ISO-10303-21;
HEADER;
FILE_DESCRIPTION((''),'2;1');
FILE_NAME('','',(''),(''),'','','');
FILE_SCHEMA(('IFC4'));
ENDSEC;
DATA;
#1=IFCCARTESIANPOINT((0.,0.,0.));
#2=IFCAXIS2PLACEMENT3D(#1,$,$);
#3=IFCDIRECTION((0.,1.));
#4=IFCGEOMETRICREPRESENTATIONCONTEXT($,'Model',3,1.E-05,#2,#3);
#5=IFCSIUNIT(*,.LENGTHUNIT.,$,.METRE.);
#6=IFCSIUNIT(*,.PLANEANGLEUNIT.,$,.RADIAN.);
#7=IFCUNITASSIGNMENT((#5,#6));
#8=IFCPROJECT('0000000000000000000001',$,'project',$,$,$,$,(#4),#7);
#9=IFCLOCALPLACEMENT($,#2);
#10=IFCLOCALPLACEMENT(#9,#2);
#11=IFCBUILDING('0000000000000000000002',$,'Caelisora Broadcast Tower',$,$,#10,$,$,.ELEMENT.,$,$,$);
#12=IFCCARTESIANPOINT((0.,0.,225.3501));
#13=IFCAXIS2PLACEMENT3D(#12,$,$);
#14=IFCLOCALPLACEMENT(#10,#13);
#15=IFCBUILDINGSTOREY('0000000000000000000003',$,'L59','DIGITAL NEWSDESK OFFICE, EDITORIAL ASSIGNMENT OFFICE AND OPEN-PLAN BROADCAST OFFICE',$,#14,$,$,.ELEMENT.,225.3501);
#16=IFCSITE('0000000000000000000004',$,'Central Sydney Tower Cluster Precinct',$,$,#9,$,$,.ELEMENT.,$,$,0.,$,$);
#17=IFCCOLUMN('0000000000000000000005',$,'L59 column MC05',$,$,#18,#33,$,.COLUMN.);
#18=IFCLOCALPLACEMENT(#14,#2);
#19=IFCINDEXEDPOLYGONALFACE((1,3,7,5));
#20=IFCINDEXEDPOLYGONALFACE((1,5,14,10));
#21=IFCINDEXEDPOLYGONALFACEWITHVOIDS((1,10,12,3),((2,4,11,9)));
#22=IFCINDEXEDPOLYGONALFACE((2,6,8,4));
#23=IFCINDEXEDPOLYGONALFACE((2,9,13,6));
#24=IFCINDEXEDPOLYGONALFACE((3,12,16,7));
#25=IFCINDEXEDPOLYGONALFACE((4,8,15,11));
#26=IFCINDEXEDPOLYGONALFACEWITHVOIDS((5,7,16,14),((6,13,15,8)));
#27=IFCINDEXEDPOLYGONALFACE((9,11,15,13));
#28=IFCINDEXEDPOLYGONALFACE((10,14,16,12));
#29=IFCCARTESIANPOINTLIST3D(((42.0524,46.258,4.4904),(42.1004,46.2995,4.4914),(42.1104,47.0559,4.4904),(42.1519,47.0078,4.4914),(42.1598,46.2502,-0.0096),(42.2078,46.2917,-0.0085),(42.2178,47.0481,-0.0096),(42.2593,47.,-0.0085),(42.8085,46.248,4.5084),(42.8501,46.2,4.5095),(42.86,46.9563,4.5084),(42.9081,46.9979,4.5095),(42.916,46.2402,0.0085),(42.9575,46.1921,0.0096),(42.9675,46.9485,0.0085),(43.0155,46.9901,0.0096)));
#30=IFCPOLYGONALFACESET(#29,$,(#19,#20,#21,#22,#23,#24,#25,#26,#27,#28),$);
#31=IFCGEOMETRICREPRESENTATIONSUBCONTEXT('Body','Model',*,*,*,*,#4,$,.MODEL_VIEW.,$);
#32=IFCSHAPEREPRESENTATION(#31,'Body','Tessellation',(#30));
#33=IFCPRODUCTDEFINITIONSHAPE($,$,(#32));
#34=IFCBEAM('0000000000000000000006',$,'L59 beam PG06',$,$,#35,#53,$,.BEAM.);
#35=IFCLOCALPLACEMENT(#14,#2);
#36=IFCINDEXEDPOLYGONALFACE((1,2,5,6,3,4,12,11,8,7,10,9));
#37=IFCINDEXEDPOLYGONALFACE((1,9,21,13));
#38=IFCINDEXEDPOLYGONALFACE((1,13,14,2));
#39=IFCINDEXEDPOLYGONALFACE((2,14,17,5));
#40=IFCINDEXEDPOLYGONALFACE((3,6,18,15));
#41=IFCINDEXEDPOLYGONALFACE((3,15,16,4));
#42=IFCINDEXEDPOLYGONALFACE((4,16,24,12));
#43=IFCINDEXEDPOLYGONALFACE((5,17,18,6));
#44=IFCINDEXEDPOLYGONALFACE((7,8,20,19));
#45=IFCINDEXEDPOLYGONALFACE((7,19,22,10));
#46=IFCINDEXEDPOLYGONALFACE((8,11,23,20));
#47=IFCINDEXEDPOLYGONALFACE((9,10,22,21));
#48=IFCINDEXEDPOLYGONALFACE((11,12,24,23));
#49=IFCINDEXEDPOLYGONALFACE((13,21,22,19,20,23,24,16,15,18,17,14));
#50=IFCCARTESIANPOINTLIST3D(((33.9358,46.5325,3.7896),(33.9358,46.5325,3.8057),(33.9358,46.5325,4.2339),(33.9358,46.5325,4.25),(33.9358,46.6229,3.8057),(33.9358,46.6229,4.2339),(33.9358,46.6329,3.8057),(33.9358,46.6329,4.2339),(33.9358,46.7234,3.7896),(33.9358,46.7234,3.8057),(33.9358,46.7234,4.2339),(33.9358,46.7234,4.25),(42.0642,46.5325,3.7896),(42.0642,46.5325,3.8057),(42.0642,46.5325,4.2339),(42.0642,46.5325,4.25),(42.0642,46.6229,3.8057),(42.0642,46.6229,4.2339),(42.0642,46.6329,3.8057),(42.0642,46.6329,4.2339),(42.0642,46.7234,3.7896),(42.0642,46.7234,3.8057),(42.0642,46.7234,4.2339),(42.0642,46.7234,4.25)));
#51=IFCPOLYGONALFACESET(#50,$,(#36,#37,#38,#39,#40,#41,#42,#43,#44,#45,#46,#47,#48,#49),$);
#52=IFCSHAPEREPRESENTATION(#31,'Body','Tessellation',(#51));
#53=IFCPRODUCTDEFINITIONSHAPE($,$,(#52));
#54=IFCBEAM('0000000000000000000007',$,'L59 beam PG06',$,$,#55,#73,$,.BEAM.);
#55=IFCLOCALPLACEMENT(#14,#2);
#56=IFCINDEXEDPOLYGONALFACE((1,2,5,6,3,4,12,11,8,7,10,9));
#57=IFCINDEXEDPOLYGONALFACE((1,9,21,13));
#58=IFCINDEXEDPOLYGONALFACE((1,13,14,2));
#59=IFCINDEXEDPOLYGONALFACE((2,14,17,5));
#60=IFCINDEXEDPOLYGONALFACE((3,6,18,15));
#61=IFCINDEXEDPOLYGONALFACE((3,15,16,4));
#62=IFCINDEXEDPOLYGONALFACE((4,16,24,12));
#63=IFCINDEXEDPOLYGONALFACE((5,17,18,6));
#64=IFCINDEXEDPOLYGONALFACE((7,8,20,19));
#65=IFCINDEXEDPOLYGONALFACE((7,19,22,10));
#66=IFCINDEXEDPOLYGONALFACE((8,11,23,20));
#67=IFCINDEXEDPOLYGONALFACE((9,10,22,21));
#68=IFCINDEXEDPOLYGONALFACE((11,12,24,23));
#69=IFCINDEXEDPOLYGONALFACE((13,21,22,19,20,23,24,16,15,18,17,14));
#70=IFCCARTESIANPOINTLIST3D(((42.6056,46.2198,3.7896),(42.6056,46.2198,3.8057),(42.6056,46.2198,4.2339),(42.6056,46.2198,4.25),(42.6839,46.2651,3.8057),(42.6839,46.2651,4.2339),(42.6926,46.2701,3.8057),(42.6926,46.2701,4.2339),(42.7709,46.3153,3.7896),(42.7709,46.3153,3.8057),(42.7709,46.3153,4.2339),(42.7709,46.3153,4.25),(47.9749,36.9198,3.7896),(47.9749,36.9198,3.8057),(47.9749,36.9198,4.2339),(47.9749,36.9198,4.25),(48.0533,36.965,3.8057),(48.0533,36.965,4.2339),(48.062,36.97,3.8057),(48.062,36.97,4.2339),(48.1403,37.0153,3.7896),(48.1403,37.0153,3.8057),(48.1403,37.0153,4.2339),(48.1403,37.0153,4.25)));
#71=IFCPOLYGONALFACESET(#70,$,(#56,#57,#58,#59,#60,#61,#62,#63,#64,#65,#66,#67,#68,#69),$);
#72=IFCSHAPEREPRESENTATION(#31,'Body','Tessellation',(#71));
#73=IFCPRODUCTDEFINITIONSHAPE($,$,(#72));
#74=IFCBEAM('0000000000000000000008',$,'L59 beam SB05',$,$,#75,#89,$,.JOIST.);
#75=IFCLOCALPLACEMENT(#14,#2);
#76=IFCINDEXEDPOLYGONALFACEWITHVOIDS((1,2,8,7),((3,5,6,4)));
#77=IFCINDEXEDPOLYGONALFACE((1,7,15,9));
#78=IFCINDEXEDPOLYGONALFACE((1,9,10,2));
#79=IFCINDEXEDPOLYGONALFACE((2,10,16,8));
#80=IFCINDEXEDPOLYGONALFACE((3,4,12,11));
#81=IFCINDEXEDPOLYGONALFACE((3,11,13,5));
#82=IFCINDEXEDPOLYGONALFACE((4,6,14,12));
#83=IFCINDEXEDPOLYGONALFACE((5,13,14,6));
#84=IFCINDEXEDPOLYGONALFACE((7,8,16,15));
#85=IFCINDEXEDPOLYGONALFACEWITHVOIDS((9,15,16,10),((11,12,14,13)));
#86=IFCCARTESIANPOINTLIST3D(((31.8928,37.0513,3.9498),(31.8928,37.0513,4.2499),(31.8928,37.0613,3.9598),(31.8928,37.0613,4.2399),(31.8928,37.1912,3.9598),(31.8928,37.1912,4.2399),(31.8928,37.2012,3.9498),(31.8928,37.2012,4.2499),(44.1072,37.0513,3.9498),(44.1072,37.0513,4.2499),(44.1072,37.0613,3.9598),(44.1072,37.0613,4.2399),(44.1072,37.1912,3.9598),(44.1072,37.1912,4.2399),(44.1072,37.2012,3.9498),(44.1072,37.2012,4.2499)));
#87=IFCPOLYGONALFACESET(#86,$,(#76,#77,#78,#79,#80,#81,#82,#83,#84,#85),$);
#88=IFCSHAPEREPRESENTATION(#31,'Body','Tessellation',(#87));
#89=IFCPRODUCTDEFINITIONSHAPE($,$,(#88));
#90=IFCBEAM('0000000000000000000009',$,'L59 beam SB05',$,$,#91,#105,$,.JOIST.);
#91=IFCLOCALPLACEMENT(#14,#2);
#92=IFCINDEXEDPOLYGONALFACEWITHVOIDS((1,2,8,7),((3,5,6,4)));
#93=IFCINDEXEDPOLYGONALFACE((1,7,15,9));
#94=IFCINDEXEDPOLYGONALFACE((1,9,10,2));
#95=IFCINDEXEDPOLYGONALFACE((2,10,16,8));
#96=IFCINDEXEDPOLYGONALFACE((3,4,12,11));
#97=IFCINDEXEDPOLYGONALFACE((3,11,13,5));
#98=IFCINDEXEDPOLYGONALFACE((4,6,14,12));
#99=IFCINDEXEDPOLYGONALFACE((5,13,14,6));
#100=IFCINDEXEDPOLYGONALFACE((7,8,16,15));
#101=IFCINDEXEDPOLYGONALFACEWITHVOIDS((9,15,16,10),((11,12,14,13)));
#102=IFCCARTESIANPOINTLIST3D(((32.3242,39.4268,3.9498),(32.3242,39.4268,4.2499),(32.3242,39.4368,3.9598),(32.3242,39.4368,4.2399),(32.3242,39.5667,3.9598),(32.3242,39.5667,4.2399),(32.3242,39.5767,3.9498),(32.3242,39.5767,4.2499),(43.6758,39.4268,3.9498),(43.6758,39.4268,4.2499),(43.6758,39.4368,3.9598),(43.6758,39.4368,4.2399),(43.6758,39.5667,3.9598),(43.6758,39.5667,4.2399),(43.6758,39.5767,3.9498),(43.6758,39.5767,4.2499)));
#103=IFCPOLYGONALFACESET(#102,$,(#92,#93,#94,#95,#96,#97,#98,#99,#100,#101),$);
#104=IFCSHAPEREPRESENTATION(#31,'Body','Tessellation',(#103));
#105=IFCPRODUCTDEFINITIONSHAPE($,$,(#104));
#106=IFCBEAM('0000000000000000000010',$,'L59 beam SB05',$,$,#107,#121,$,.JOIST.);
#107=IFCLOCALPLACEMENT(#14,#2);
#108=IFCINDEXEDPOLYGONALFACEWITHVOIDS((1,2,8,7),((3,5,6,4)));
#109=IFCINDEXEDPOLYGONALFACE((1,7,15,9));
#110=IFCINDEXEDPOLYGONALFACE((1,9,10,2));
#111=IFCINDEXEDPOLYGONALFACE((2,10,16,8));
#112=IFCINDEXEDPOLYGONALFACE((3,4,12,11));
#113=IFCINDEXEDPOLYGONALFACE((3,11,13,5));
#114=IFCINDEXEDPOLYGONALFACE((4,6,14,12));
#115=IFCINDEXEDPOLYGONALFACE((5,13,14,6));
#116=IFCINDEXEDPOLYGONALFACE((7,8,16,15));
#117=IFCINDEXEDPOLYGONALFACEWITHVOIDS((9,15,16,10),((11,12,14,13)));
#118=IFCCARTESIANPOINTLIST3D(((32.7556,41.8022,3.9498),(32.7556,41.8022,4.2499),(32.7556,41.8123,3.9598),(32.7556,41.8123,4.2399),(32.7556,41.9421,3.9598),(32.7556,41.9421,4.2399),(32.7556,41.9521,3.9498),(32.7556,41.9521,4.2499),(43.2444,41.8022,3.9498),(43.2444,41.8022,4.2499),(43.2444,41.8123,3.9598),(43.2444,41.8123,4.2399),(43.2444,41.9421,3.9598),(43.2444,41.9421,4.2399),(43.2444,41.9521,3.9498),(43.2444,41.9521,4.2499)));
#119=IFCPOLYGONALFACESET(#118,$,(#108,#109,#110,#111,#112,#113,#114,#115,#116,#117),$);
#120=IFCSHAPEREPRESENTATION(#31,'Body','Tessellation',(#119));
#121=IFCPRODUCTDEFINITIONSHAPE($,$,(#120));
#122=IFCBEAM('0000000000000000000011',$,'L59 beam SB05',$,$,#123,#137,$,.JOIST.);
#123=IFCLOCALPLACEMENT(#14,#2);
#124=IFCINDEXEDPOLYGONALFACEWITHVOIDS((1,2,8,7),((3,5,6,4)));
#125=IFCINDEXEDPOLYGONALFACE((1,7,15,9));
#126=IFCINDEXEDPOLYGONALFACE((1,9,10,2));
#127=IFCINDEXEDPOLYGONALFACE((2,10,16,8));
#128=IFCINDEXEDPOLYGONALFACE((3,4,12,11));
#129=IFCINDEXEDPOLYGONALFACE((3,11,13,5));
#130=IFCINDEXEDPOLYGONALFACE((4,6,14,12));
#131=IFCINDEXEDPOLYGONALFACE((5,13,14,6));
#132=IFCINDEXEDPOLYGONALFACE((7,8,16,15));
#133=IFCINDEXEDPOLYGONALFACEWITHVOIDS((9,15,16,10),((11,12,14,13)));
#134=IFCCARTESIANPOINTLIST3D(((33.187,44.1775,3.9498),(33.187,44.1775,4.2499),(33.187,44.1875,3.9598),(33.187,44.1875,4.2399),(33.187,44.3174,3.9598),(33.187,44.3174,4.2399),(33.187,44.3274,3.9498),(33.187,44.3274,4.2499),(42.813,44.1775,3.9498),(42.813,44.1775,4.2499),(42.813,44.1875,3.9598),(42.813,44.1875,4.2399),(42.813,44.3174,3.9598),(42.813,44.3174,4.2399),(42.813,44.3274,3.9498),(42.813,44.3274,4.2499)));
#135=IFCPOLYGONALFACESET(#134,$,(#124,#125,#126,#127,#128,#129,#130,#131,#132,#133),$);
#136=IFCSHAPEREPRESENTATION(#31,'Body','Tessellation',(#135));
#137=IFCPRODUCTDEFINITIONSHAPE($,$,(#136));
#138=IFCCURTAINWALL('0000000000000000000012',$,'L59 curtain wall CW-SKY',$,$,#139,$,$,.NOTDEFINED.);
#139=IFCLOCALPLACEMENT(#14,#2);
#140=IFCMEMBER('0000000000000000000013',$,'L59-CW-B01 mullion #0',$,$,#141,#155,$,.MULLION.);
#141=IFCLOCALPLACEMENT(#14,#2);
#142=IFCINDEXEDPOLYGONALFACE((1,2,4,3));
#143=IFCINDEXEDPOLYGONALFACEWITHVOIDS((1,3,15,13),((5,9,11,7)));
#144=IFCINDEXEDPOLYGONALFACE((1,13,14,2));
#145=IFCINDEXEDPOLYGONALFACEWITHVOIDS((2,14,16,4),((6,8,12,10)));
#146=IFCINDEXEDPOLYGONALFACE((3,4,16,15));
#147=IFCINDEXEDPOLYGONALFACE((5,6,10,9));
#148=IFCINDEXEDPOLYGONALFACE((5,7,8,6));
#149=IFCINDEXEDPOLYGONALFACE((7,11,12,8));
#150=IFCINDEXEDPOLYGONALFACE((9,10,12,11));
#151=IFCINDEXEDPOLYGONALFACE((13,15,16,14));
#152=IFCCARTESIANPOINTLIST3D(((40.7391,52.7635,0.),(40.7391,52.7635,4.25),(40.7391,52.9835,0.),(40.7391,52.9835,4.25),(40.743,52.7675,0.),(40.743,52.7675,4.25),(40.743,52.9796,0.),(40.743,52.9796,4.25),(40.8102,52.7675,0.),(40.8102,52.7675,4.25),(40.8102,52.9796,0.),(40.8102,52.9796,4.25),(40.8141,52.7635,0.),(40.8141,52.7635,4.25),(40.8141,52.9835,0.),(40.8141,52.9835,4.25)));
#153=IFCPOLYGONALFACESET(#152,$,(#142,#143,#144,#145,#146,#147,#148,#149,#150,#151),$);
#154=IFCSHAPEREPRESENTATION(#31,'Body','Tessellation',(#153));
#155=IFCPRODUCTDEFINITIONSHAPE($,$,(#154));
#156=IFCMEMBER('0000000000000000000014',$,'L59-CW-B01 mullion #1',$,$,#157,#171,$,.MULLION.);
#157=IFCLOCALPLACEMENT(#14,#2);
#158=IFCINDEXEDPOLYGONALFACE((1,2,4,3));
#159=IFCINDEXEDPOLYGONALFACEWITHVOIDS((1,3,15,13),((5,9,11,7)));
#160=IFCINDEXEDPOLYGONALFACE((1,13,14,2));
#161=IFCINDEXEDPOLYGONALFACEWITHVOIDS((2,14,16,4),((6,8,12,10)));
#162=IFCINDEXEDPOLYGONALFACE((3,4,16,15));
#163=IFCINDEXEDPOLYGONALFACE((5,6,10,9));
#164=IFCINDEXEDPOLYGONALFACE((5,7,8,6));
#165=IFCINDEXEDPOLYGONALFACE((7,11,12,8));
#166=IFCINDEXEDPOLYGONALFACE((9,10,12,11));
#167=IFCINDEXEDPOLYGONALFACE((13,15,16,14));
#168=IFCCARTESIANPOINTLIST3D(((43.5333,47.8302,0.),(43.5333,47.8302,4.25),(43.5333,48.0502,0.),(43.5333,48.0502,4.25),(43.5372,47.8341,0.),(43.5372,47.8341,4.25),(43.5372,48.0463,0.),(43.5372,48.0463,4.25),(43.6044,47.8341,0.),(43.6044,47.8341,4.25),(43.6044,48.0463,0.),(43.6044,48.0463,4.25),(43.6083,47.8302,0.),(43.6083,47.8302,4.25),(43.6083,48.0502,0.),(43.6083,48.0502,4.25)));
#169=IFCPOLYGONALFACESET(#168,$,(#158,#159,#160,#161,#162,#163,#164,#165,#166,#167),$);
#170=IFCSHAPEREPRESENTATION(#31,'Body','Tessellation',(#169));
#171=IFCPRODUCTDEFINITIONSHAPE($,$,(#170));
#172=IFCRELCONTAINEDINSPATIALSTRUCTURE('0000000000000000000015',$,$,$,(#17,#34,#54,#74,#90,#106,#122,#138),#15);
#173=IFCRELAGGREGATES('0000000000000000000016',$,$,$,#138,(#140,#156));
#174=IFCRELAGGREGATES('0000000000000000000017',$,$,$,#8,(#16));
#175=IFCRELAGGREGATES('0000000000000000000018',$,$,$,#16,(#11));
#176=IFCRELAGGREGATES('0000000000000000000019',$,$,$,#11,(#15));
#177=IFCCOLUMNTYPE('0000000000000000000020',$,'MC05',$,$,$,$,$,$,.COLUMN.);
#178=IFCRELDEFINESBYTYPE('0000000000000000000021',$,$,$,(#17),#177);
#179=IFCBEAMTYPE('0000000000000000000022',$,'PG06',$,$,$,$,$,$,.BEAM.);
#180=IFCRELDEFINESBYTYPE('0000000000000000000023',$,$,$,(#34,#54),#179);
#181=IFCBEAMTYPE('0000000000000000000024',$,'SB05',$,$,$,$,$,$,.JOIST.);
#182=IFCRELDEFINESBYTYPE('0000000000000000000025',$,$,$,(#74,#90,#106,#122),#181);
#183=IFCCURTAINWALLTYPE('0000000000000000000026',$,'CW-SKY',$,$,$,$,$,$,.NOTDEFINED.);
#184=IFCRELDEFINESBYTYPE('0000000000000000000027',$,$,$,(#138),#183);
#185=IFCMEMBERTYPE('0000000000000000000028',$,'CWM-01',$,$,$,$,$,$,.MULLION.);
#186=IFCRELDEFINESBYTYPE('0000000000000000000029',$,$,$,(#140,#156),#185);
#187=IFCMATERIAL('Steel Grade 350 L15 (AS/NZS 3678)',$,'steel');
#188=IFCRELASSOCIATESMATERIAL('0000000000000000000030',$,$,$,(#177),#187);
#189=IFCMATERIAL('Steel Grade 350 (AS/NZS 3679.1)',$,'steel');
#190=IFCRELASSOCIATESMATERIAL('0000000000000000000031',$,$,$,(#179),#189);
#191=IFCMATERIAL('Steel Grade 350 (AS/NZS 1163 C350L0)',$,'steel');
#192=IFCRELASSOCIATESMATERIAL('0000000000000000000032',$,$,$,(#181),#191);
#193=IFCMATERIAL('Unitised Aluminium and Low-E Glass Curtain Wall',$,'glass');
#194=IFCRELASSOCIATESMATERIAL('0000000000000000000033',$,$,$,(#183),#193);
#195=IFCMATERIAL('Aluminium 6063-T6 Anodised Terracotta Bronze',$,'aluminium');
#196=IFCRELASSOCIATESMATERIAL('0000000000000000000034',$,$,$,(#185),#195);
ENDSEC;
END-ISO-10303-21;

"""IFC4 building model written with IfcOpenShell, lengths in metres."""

from ifc_helpers import new_model, si_unit, direction, frame, origin, origin_2d, place, context, subcontext, project, spatial, hollow_rectangle, i_section, extrude, source, transform, mapped, material, material_profile, profile_set, type_object, type_shapes, element, aggregate, save


model = new_model("IFC4")

# Units and contexts
model_context = context("Model", 3, precision=1e-05, world=origin(), true_north=direction((0.0, 1.0)))
body_context = subcontext(model_context, "Body", "Model", "MODEL_VIEW")
ifc_project = project(units=[si_unit("LENGTHUNIT", "METRE"), si_unit("PLANEANGLEUNIT", "RADIAN")], contexts=[model_context])

# Site, building, storey
site_placement = place(None, origin())
site = spatial("IfcSite", under=ifc_project, at=site_placement, Name="Central Sydney Tower Cluster Precinct", CompositionType="ELEMENT", RefElevation=0.0)
building_placement = place(site_placement, origin())
building = spatial("IfcBuilding", under=site, at=building_placement, Name="Caelisora Broadcast Tower", CompositionType="ELEMENT")
storey_placement = place(building_placement, frame((0.0, 0.0, 225.3501)))
storey = spatial("IfcBuildingStorey", under=building, at=storey_placement, Name="L59", Description="DIGITAL NEWSDESK OFFICE, EDITORIAL ASSIGNMENT OFFICE AND OPEN-PLAN BROADCAST OFFICE", CompositionType="ELEMENT", Elevation=225.3501)

# Column
ifc_material_1 = material(Name="Steel Grade 350 L15 (AS/NZS 3678)", Category="steel")
ifc_material_profile_1 = material_profile(ifc_material_1, hollow_rectangle(XDim=0.8, YDim=0.8, WallThickness=0.0449, at=origin_2d()), Name="Steel Grade 350 L15 (AS/NZS 3678)")
ifc_profile_set_1 = profile_set([ifc_material_profile_1], Name="Steel Grade 350 L15 (AS/NZS 3678)")
column_type = type_object("IfcColumnType", Name="MC05", PredefinedType="COLUMN", material=ifc_profile_set_1)
shared_shape_1 = source(origin(), body_context, "Body", "SweptSolid", [
    extrude(hollow_rectangle(XDim=0.8, YDim=0.8, WallThickness=0.0449, at=origin_2d()), origin(), (0.0, 0.0, 1.0), 4.5012),
])
type_shapes(column_type, [shared_shape_1])
column_placement = place(storey_placement, frame((42.5876, 46.6201, 0.0), z_axis=(-0.023865, 0.001736, 0.999714), x_axis=(-0.072536, -0.997366, 0.0)))
element("IfcColumn", 1, at=column_placement, inside=storey, type_object=column_type, Name="L59 column MC05", PredefinedType="COLUMN", context=body_context, shape_type="MappedRepresentation", body=[
    mapped(shared_shape_1, transform((0.0, 0.0, 0.0), scale=1.0)),
])

# Beams
ifc_material_2 = material(Name="Steel Grade 350 (AS/NZS 3679.1)", Category="steel")
ifc_material_profile_2 = material_profile(ifc_material_2, i_section(OverallWidth=0.1909, OverallDepth=0.4604, WebThickness=0.01, FlangeThickness=0.0161, at=origin_2d()), Name="Steel Grade 350 (AS/NZS 3679.1)")
ifc_profile_set_2 = profile_set([ifc_material_profile_2], Name="Steel Grade 350 (AS/NZS 3679.1)")
beam_type_1 = type_object("IfcBeamType", Name="PG06", PredefinedType="BEAM", material=ifc_profile_set_2)
shared_shape_2 = source(origin(), body_context, "Body", "SweptSolid", [
    extrude(i_section(OverallWidth=0.1909, OverallDepth=0.4604, WebThickness=0.01, FlangeThickness=0.0161, at=origin_2d()), origin(), (0.0, 0.0, 1.0), 8.1284),
])
beam_1_placement = place(storey_placement, frame((42.0642, 46.6279, 4.0198), z_axis=(-1.0, 0.0, 0.0), x_axis=(0.0, -1.0, 0.0)))
element("IfcBeam", 2, at=beam_1_placement, inside=storey, type_object=beam_type_1, Name="L59 beam PG06", PredefinedType="BEAM", context=body_context, shape_type="MappedRepresentation", body=[
    mapped(shared_shape_2, transform((0.0, 0.0, 0.0), scale=1.0)),
])
shared_shape_3 = source(origin(), body_context, "Body", "SweptSolid", [
    extrude(i_section(OverallWidth=0.1909, OverallDepth=0.4604, WebThickness=0.01, FlangeThickness=0.0161, at=origin_2d()), origin(), (0.0, 0.0, 1.0), 10.7388),
])
type_shapes(beam_type_1, [shared_shape_2, shared_shape_3])
beam_2_placement = place(storey_placement, frame((48.0576, 36.9675, 4.0198), z_axis=(-0.5, 0.866025, 0.0), x_axis=(-0.866025, -0.5, 0.0)))
element("IfcBeam", 3, at=beam_2_placement, inside=storey, type_object=beam_type_1, Name="L59 beam PG06", PredefinedType="BEAM", context=body_context, shape_type="MappedRepresentation", body=[
    mapped(shared_shape_3, transform((0.0, 0.0, 0.0), scale=1.0)),
])
ifc_material_3 = material(Name="Steel Grade 350 (AS/NZS 1163 C350L0)", Category="steel")
ifc_material_profile_3 = material_profile(ifc_material_3, hollow_rectangle(XDim=0.1499, YDim=0.3, WallThickness=0.01, at=origin_2d()), Name="Steel Grade 350 (AS/NZS 1163 C350L0)")
ifc_profile_set_3 = profile_set([ifc_material_profile_3], Name="Steel Grade 350 (AS/NZS 1163 C350L0)")
beam_type_2 = type_object("IfcBeamType", Name="SB05", PredefinedType="JOIST", material=ifc_profile_set_3)
shared_shape_4 = source(origin(), body_context, "Body", "SweptSolid", [
    extrude(hollow_rectangle(XDim=0.1499, YDim=0.3, WallThickness=0.01, at=origin_2d()), origin(), (0.0, 0.0, 1.0), 12.2144),
])
beam_3_placement = place(storey_placement, frame((44.1072, 37.1262, 4.0999), z_axis=(-1.0, 0.0, 0.0), x_axis=(0.0, -1.0, 0.0)))
element("IfcBeam", 4, at=beam_3_placement, inside=storey, type_object=beam_type_2, Name="L59 beam SB05", PredefinedType="JOIST", context=body_context, shape_type="MappedRepresentation", body=[
    mapped(shared_shape_4, transform((0.0, 0.0, 0.0), scale=1.0)),
])
shared_shape_5 = source(origin(), body_context, "Body", "SweptSolid", [
    extrude(hollow_rectangle(XDim=0.1499, YDim=0.3, WallThickness=0.01, at=origin_2d()), origin(), (0.0, 0.0, 1.0), 11.3516),
])
beam_4_placement = place(storey_placement, frame((43.6758, 39.5017, 4.0999), z_axis=(-1.0, 0.0, 0.0), x_axis=(0.0, -1.0, 0.0)))
element("IfcBeam", 5, at=beam_4_placement, inside=storey, type_object=beam_type_2, Name="L59 beam SB05", PredefinedType="JOIST", context=body_context, shape_type="MappedRepresentation", body=[
    mapped(shared_shape_5, transform((0.0, 0.0, 0.0), scale=1.0)),
])
shared_shape_6 = source(origin(), body_context, "Body", "SweptSolid", [
    extrude(hollow_rectangle(XDim=0.1499, YDim=0.3, WallThickness=0.01, at=origin_2d()), origin(), (0.0, 0.0, 1.0), 10.4888),
])
beam_5_placement = place(storey_placement, frame((43.2444, 41.8772, 4.0999), z_axis=(-1.0, 0.0, 0.0), x_axis=(0.0, -1.0, 0.0)))
element("IfcBeam", 6, at=beam_5_placement, inside=storey, type_object=beam_type_2, Name="L59 beam SB05", PredefinedType="JOIST", context=body_context, shape_type="MappedRepresentation", body=[
    mapped(shared_shape_6, transform((0.0, 0.0, 0.0), scale=1.0)),
])
shared_shape_7 = source(origin(), body_context, "Body", "SweptSolid", [
    extrude(hollow_rectangle(XDim=0.1499, YDim=0.3, WallThickness=0.01, at=origin_2d()), origin(), (0.0, 0.0, 1.0), 9.626),
])
type_shapes(beam_type_2, [shared_shape_4, shared_shape_5, shared_shape_6, shared_shape_7])
beam_6_placement = place(storey_placement, frame((42.813, 44.2524, 4.0999), z_axis=(-1.0, 0.0, 0.0), x_axis=(0.0, -1.0, 0.0)))
element("IfcBeam", 7, at=beam_6_placement, inside=storey, type_object=beam_type_2, Name="L59 beam SB05", PredefinedType="JOIST", context=body_context, shape_type="MappedRepresentation", body=[
    mapped(shared_shape_7, transform((0.0, 0.0, 0.0), scale=1.0)),
])

# Curtain wall, members
ifc_material_4 = material(Name="Unitised Aluminium and Low-E Glass Curtain Wall", Category="glass")
curtain_wall_type_1 = type_object("IfcCurtainWallType", Name="CW-SKY", PredefinedType="NOTDEFINED", material=ifc_material_4)
curtain_wall_1_placement = place(storey_placement, origin())
curtain_wall_1 = element("IfcCurtainWall", 8, at=curtain_wall_1_placement, inside=storey, type_object=curtain_wall_type_1, Name="L59 curtain wall CW-SKY", PredefinedType="NOTDEFINED")
ifc_material_5 = material(Name="Aluminium 6063-T6 Anodised Terracotta Bronze", Category="aluminium")
ifc_material_profile_4 = material_profile(ifc_material_5, hollow_rectangle(XDim=0.075, YDim=0.22, WallThickness=0.0039, at=origin_2d()), Name="Aluminium 6063-T6 Anodised Terracotta Bronze")
ifc_profile_set_4 = profile_set([ifc_material_profile_4], Name="Aluminium 6063-T6 Anodised Terracotta Bronze")
member_type_1 = type_object("IfcMemberType", Name="CWM-01", PredefinedType="MULLION", material=ifc_profile_set_4)
shared_shape_8 = source(origin(), body_context, "Body", "SweptSolid", [
    extrude(hollow_rectangle(XDim=0.075, YDim=0.22, WallThickness=0.0039, at=origin_2d()), origin(), (0.0, 0.0, 1.0), 4.25),
])
type_shapes(member_type_1, [shared_shape_8])
member_1_placement = place(storey_placement, frame((40.7766, 52.8735, 0.0), z_axis=(0.0, 0.0, 1.0), x_axis=(1.0, 0.0, 0.0)))
member_1 = element("IfcMember", 9, at=member_1_placement, type_object=member_type_1, Name="L59-CW-B01 mullion #0", PredefinedType="MULLION", context=body_context, shape_type="MappedRepresentation", body=[
    mapped(shared_shape_8, transform((0.0, 0.0, 0.0), scale=1.0)),
])
member_2_placement = place(storey_placement, frame((43.5708, 47.9402, 0.0), z_axis=(0.0, 0.0, 1.0), x_axis=(1.0, 0.0, 0.0)))
member_2 = element("IfcMember", 10, at=member_2_placement, type_object=member_type_1, Name="L59-CW-B01 mullion #1", PredefinedType="MULLION", context=body_context, shape_type="MappedRepresentation", body=[
    mapped(shared_shape_8, transform((0.0, 0.0, 0.0), scale=1.0)),
])

aggregate(curtain_wall_1, [member_1, member_2])

save(model, "model.ifc")
